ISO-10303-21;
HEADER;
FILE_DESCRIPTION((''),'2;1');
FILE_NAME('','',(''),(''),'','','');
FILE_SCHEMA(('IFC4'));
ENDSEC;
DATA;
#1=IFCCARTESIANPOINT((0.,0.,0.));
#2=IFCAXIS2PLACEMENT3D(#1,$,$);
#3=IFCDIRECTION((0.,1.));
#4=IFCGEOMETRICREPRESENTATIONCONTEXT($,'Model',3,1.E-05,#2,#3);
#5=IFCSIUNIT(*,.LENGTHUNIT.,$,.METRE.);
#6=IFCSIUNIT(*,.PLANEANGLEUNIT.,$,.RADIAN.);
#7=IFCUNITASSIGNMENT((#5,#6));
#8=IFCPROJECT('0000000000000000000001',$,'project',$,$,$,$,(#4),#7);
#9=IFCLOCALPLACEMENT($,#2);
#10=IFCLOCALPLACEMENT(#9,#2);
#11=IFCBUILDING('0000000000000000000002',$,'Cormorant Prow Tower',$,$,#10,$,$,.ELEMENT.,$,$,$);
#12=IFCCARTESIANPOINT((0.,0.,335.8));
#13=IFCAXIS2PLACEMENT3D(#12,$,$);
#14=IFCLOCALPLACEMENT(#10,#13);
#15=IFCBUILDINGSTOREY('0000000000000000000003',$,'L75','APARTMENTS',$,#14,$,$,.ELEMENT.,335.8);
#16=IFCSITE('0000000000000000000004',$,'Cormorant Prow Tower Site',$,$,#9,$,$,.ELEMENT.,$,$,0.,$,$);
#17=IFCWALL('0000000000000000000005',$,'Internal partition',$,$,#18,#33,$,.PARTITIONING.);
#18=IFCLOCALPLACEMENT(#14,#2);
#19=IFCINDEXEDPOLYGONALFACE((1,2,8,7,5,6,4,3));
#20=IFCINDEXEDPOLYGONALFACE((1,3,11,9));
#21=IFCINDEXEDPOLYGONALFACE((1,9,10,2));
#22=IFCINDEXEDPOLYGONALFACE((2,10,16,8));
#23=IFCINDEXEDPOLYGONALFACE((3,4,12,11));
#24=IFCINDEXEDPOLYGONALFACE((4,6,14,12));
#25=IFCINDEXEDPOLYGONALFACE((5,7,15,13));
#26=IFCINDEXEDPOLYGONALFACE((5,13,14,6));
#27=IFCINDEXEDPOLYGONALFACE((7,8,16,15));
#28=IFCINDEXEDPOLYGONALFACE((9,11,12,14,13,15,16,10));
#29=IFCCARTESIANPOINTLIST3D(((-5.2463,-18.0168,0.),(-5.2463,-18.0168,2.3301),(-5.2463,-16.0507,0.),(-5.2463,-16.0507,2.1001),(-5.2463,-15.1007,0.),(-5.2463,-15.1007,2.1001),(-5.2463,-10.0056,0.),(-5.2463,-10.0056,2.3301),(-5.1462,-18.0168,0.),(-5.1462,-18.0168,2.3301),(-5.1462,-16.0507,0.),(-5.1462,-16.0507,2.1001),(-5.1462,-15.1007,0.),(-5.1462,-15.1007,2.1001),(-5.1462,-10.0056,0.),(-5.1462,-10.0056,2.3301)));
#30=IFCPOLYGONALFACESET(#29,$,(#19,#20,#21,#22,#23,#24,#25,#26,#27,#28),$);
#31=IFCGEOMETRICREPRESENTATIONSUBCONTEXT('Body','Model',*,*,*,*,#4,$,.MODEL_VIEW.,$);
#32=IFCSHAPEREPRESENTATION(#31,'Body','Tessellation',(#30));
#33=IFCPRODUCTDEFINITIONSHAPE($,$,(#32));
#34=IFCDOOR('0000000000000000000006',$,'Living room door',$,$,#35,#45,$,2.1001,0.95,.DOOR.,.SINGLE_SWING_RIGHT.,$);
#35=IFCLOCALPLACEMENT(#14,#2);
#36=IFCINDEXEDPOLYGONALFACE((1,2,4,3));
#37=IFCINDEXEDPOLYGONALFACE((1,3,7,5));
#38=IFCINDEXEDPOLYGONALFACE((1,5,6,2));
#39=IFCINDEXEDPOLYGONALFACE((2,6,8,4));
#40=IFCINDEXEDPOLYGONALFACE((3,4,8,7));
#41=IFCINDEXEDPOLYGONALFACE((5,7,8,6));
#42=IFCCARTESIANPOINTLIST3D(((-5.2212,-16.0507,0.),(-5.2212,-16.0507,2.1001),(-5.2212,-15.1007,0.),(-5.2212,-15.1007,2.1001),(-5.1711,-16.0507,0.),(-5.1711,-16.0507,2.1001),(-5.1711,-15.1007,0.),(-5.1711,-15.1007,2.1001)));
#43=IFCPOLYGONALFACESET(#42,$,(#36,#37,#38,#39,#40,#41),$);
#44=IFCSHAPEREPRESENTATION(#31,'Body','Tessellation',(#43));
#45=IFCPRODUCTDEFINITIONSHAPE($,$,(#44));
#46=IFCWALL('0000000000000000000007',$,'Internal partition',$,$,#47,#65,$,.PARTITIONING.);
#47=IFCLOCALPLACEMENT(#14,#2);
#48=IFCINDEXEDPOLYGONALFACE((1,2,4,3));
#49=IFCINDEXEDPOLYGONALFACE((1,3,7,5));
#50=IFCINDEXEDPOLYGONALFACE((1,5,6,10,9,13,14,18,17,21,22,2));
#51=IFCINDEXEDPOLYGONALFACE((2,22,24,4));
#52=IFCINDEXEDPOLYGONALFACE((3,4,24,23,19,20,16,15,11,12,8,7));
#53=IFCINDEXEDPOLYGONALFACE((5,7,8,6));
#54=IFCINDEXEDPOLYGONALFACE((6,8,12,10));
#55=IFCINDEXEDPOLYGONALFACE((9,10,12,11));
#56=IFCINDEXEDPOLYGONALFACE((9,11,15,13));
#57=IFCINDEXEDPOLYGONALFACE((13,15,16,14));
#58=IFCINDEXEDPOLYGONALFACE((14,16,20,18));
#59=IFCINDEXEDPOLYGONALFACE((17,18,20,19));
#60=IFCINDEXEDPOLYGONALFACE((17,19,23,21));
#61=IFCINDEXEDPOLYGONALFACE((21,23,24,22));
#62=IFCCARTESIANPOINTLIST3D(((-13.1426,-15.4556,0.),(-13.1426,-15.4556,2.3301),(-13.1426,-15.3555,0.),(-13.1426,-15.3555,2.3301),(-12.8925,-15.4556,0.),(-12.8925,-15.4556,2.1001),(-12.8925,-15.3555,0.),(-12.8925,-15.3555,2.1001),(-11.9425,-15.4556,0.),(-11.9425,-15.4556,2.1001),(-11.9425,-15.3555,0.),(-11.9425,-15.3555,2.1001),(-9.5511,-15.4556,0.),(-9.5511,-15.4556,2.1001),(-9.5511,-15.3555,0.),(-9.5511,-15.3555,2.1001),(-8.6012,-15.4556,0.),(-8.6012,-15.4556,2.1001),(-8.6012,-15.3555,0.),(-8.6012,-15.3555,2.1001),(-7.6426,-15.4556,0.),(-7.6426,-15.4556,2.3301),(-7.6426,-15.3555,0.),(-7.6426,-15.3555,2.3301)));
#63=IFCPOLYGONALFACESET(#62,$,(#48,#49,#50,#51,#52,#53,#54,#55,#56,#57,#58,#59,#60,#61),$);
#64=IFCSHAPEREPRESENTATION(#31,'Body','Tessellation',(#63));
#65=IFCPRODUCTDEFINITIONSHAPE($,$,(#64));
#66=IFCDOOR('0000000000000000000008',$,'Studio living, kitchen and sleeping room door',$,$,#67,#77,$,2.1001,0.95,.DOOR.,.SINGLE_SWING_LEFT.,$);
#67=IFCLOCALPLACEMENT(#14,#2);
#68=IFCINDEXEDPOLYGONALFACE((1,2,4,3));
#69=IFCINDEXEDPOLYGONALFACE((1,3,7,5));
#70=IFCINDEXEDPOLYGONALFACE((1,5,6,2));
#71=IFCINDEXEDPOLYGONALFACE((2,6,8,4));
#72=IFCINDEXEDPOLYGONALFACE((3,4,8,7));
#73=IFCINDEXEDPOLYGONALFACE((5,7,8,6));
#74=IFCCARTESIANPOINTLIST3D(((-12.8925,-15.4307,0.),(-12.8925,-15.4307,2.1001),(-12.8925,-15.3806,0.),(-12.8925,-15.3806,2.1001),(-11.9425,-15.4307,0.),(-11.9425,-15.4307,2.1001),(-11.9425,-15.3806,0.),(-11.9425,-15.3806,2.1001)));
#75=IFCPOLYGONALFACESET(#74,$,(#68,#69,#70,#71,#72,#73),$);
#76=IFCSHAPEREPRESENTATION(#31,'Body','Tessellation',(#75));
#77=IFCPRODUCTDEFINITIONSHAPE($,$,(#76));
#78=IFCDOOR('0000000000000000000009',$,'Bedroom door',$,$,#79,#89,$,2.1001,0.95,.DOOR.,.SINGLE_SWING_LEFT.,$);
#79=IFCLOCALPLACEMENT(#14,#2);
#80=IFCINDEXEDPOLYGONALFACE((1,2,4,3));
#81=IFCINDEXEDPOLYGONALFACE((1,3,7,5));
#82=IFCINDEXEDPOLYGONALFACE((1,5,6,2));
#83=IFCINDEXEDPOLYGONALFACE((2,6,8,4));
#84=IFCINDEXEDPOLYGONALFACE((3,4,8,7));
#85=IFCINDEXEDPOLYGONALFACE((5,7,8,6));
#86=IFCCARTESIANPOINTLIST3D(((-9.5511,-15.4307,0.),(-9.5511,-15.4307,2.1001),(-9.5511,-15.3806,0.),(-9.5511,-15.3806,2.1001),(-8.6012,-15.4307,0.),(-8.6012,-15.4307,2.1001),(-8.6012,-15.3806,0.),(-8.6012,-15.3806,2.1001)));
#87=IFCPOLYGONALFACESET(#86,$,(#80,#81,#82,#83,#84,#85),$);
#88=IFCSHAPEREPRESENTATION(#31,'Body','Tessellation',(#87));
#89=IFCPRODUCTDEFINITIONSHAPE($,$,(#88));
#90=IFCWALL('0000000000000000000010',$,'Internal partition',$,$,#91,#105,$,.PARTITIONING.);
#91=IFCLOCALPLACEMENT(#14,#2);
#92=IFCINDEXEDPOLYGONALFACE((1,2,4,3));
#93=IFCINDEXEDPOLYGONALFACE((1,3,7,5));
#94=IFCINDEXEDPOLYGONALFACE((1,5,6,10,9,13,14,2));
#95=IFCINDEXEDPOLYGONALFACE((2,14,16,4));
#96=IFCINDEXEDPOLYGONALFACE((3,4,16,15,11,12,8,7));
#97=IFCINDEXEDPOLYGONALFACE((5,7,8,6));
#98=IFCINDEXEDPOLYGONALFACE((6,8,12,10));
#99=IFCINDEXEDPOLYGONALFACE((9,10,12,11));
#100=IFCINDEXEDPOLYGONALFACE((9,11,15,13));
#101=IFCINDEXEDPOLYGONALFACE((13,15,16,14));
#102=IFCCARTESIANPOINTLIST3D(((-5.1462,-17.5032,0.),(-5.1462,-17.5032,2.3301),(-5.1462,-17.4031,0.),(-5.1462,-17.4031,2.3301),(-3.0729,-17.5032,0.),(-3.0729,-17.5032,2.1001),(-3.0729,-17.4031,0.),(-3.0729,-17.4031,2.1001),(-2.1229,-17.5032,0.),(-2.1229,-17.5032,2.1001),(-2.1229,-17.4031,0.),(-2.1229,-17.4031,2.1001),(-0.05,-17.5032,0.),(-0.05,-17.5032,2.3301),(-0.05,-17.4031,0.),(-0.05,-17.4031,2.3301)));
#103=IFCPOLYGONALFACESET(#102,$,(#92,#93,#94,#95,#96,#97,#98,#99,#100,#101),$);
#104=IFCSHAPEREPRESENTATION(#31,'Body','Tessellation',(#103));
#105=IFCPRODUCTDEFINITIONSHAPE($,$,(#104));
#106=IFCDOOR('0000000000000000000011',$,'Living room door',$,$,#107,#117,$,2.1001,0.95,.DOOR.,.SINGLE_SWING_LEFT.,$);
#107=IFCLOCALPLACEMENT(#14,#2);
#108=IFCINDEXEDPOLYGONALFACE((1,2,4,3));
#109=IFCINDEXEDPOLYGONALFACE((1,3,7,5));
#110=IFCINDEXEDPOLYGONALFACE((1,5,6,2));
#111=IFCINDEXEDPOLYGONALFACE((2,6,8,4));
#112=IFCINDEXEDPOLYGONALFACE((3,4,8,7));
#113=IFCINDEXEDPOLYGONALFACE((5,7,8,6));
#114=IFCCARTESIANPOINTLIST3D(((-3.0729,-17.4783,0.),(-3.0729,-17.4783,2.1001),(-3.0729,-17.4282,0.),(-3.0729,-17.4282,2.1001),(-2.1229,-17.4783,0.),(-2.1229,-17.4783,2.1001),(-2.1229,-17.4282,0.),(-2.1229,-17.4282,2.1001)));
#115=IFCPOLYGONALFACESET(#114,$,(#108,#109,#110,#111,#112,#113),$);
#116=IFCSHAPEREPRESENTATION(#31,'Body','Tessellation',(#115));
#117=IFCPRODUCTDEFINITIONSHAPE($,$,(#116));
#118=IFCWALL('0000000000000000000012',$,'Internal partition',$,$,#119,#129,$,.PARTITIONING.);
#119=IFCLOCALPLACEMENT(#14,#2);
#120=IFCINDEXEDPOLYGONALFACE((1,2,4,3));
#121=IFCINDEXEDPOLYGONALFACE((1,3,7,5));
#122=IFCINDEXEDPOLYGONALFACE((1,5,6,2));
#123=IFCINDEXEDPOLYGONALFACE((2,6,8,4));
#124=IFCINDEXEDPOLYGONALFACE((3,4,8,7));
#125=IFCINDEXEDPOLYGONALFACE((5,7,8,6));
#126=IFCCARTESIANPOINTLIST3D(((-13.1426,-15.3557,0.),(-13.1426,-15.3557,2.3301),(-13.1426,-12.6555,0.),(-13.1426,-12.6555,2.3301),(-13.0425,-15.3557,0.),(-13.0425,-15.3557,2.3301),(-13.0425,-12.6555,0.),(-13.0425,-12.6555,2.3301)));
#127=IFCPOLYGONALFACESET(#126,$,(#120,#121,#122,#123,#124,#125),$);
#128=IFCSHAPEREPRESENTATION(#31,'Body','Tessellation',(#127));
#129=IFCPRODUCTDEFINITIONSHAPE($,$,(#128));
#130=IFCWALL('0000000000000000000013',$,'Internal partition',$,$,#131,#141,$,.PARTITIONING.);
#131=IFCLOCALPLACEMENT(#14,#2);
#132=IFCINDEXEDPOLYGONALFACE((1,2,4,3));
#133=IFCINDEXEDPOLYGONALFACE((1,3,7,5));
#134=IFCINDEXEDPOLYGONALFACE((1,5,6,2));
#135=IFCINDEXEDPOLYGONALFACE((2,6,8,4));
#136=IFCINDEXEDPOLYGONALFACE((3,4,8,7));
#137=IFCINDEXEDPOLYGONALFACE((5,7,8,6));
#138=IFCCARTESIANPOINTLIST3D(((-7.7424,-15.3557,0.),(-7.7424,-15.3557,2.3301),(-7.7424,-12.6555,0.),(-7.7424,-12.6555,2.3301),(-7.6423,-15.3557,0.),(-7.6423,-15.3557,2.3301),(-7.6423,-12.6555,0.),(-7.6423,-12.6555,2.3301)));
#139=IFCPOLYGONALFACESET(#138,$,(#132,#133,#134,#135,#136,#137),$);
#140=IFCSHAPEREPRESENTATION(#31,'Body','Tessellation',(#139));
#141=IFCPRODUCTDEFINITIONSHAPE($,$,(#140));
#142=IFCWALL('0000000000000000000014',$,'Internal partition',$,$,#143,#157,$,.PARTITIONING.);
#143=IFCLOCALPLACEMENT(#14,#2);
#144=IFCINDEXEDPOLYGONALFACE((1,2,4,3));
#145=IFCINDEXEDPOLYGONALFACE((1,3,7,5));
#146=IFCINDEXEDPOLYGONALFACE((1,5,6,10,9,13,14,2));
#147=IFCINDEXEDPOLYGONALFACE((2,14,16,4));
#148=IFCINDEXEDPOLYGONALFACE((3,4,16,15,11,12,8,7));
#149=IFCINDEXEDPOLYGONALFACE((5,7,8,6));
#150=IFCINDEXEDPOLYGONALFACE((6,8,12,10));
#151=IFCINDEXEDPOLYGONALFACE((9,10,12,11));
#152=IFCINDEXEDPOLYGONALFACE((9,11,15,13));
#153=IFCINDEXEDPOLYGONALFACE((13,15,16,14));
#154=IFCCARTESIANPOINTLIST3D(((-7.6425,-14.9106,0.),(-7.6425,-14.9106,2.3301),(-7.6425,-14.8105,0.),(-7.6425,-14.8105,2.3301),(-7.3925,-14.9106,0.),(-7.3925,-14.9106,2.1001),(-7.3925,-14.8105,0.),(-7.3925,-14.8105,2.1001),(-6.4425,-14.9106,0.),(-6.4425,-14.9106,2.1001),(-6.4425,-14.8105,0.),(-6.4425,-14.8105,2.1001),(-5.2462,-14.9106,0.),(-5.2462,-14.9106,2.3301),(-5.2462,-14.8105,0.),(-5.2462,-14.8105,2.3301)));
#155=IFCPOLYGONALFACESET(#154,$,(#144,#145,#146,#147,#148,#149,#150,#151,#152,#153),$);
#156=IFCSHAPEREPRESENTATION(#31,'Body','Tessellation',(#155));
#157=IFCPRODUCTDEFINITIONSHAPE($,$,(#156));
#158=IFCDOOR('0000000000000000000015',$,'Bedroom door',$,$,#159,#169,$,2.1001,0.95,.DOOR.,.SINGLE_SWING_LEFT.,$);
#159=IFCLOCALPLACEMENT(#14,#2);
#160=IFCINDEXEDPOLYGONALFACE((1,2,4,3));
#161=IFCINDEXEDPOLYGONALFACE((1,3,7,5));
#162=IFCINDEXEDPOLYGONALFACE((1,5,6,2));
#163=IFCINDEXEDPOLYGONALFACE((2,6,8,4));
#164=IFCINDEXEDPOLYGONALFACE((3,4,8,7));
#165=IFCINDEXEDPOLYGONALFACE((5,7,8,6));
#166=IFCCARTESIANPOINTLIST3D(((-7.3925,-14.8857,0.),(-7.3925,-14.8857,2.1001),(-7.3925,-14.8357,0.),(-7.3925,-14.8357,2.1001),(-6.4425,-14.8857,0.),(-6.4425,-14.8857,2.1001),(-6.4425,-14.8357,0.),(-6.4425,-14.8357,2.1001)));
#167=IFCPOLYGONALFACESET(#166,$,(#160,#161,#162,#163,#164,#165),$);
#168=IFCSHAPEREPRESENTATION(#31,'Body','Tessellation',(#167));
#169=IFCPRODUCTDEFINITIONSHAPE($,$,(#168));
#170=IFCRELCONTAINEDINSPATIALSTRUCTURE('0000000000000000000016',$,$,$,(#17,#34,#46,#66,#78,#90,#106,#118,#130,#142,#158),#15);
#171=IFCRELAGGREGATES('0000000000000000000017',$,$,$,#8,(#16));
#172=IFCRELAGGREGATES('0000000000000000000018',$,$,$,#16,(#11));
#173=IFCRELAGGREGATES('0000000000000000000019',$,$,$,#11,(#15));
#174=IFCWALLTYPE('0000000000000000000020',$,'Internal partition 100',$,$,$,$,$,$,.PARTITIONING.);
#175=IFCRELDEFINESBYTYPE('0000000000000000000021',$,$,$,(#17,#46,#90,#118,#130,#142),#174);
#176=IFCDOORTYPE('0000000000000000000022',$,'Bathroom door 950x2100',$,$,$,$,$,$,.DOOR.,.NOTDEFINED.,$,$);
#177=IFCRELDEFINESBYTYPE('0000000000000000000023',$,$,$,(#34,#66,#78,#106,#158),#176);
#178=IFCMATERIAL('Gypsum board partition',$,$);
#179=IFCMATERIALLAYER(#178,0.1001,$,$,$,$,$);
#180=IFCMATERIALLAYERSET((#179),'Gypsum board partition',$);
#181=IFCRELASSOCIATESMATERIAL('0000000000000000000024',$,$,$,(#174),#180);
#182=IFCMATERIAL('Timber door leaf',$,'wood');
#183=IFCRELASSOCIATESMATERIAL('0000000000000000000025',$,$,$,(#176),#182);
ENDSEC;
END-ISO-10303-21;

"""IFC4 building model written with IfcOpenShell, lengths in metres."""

from ifc_helpers import new_model, si_unit, direction, frame, frame_2d, origin, place, context, subcontext, project, spatial, rectangle, extrude, material, layer, layer_set, type_object, element, fill, save


model = new_model("IFC4")

# Units and contexts
model_context = context("Model", 3, precision=1e-05, world=origin(), true_north=direction((0.0, 1.0)))
body_context = subcontext(model_context, "Body", "Model", "MODEL_VIEW")
ifc_project = project(units=[si_unit("LENGTHUNIT", "METRE"), si_unit("PLANEANGLEUNIT", "RADIAN")], contexts=[model_context])

# Site, building, storey
site_placement = place(None, origin())
site = spatial("IfcSite", under=ifc_project, at=site_placement, Name="Cormorant Prow Tower Site", CompositionType="ELEMENT", RefElevation=0.0)
building_placement = place(site_placement, origin())
building = spatial("IfcBuilding", under=site, at=building_placement, Name="Cormorant Prow Tower", CompositionType="ELEMENT")
storey_placement = place(building_placement, frame((0.0, 0.0, 335.8)))
storey = spatial("IfcBuildingStorey", under=building, at=storey_placement, Name="L75", Description="APARTMENTS", CompositionType="ELEMENT", Elevation=335.8)

# Wall, opening, door
ifc_material_1 = material(Name="Gypsum board partition")
ifc_layer_1 = layer(ifc_material_1, 0.1001)
ifc_layer_set_1 = layer_set([ifc_layer_1], Name="Gypsum board partition")
wall_type_1 = type_object("IfcWallType", Name="Internal partition 100", PredefinedType="PARTITIONING", material=ifc_layer_set_1)
wall_1_placement = place(storey_placement, frame((-5.1963, -18.0168, 0.0), z_axis=(0.0, 0.0, 1.0), x_axis=(0.0, 1.0, 0.0)))
wall_1 = element("IfcWall", 1, at=wall_1_placement, inside=storey, type_object=wall_type_1, Name="Internal partition", PredefinedType="PARTITIONING", context=body_context, shape_type="SweptSolid", body=[
    extrude(rectangle(XDim=8.0112, YDim=0.1001, at=frame_2d((4.0056, 0.0))), origin(), (0.0, 0.0, 1.0), 2.3301),
])
opening_1_placement = place(wall_1_placement, frame((1.9661, 0.0, 0.0)))
opening_1 = element("IfcOpeningElement", 2, at=opening_1_placement, cuts=wall_1, PredefinedType="OPENING", context=body_context, shape_type="SweptSolid", body=[
    extrude(rectangle(XDim=0.95, YDim=2.1001, at=frame_2d((0.4751, 1.05))), frame((0.0, 0.0601, 0.0), z_axis=(0.0, -1.0, 0.0), x_axis=(1.0, 0.0, 0.0)), (0.0, 0.0, 1.0), 0.1201),
])
ifc_material_2 = material(Name="Timber door leaf", Category="wood")
door_type_1 = type_object("IfcDoorType", Name="Bathroom door 950x2100", OperationType="NOTDEFINED", PredefinedType="DOOR", material=ifc_material_2)
door_1_placement = place(opening_1_placement, origin())
door_1 = element("IfcDoor", 3, at=door_1_placement, inside=storey, type_object=door_type_1, Name="Living room door", OperationType="SINGLE_SWING_RIGHT", OverallHeight=2.1001, OverallWidth=0.95, PredefinedType="DOOR", context=body_context, shape_type="SweptSolid", body=[
    extrude(rectangle(XDim=0.95, YDim=2.1001, at=frame_2d((0.4751, 1.05))), frame((0.0, 0.0249, 0.0), z_axis=(0.0, -1.0, 0.0), x_axis=(1.0, 0.0, 0.0)), (0.0, 0.0, 1.0), 0.05),
])
fill(opening_1, door_1)

# Wall, openings, doors
wall_2_placement = place(storey_placement, frame((-13.1426, -15.4055, 0.0), z_axis=(0.0, 0.0, 1.0), x_axis=(1.0, 0.0, 0.0)))
wall_2 = element("IfcWall", 4, at=wall_2_placement, inside=storey, type_object=wall_type_1, Name="Internal partition", PredefinedType="PARTITIONING", context=body_context, shape_type="SweptSolid", body=[
    extrude(rectangle(XDim=5.5, YDim=0.1001, at=frame_2d((2.75, 0.0))), origin(), (0.0, 0.0, 1.0), 2.3301),
])
opening_2_placement = place(wall_2_placement, frame((0.25, 0.0, 0.0)))
opening_2 = element("IfcOpeningElement", 5, at=opening_2_placement, cuts=wall_2, PredefinedType="OPENING", context=body_context, shape_type="SweptSolid", body=[
    extrude(rectangle(XDim=0.95, YDim=2.1001, at=frame_2d((0.4751, 1.05))), frame((0.0, 0.0601, 0.0), z_axis=(0.0, -1.0, 0.0), x_axis=(1.0, 0.0, 0.0)), (0.0, 0.0, 1.0), 0.1201),
])
opening_3_placement = place(wall_2_placement, frame((3.5913, 0.0, 0.0)))
opening_3 = element("IfcOpeningElement", 6, at=opening_3_placement, cuts=wall_2, PredefinedType="OPENING", context=body_context, shape_type="SweptSolid", body=[
    extrude(rectangle(XDim=0.95, YDim=2.1001, at=frame_2d((0.4751, 1.05))), frame((0.0, 0.0601, 0.0), z_axis=(0.0, -1.0, 0.0), x_axis=(1.0, 0.0, 0.0)), (0.0, 0.0, 1.0), 0.1201),
])
door_2_placement = place(opening_2_placement, origin())
door_2 = element("IfcDoor", 7, at=door_2_placement, inside=storey, type_object=door_type_1, Name="Studio living, kitchen and sleeping room door", OperationType="SINGLE_SWING_LEFT", OverallHeight=2.1001, OverallWidth=0.95, PredefinedType="DOOR", context=body_context, shape_type="SweptSolid", body=[
    extrude(rectangle(XDim=0.95, YDim=2.1001, at=frame_2d((0.4751, 1.05))), frame((0.0, 0.0249, 0.0), z_axis=(0.0, -1.0, 0.0), x_axis=(1.0, 0.0, 0.0)), (0.0, 0.0, 1.0), 0.05),
])
fill(opening_2, door_2)
door_3_placement = place(opening_3_placement, origin())
door_3 = element("IfcDoor", 8, at=door_3_placement, inside=storey, type_object=door_type_1, Name="Bedroom door", OperationType="SINGLE_SWING_LEFT", OverallHeight=2.1001, OverallWidth=0.95, PredefinedType="DOOR", context=body_context, shape_type="SweptSolid", body=[
    extrude(rectangle(XDim=0.95, YDim=2.1001, at=frame_2d((0.4751, 1.05))), frame((0.0, 0.0249, 0.0), z_axis=(0.0, -1.0, 0.0), x_axis=(1.0, 0.0, 0.0)), (0.0, 0.0, 1.0), 0.05),
])
fill(opening_3, door_3)

# Wall, opening, door
wall_3_placement = place(storey_placement, frame((-5.1462, -17.4531, 0.0), z_axis=(0.0, 0.0, 1.0), x_axis=(1.0, 0.0, 0.0)))
wall_3 = element("IfcWall", 9, at=wall_3_placement, inside=storey, type_object=wall_type_1, Name="Internal partition", PredefinedType="PARTITIONING", context=body_context, shape_type="SweptSolid", body=[
    extrude(rectangle(XDim=5.0962, YDim=0.1001, at=frame_2d((2.5481, 0.0))), origin(), (0.0, 0.0, 1.0), 2.3301),
])
opening_4_placement = place(wall_3_placement, frame((2.0732, 0.0, 0.0)))
opening_4 = element("IfcOpeningElement", 10, at=opening_4_placement, cuts=wall_3, PredefinedType="OPENING", context=body_context, shape_type="SweptSolid", body=[
    extrude(rectangle(XDim=0.95, YDim=2.1001, at=frame_2d((0.4751, 1.05))), frame((0.0, 0.0601, 0.0), z_axis=(0.0, -1.0, 0.0), x_axis=(1.0, 0.0, 0.0)), (0.0, 0.0, 1.0), 0.1201),
])
door_4_placement = place(opening_4_placement, origin())
door_4 = element("IfcDoor", 11, at=door_4_placement, inside=storey, type_object=door_type_1, Name="Living room door", OperationType="SINGLE_SWING_LEFT", OverallHeight=2.1001, OverallWidth=0.95, PredefinedType="DOOR", context=body_context, shape_type="SweptSolid", body=[
    extrude(rectangle(XDim=0.95, YDim=2.1001, at=frame_2d((0.4751, 1.05))), frame((0.0, 0.0249, 0.0), z_axis=(0.0, -1.0, 0.0), x_axis=(1.0, 0.0, 0.0)), (0.0, 0.0, 1.0), 0.05),
])
fill(opening_4, door_4)

# Walls
for number, where, z_axis, x_axis, name in (
    (12, (-13.0925, -15.3557, 0.0), (0.0, 0.0, 1.0), (0.0, 1.0, 0.0), "Internal partition"),
    (13, (-7.6924, -15.3557, 0.0), (0.0, 0.0, 1.0), (0.0, 1.0, 0.0), "Internal partition"),
):
    element("IfcWall", number, at=place(storey_placement, frame(where, z_axis=z_axis, x_axis=x_axis)), inside=storey, type_object=wall_type_1, Name=name, PredefinedType="PARTITIONING", context=body_context, shape_type="SweptSolid", body=[
        extrude(rectangle(XDim=2.7002, YDim=0.1001, at=frame_2d((1.3501, 0.0))), origin(), (0.0, 0.0, 1.0), 2.3301),
    ])

# Wall, opening, door
wall_4_placement = place(storey_placement, frame((-7.6426, -14.8606, 0.0), z_axis=(0.0, 0.0, 1.0), x_axis=(1.0, 0.0, 0.0)))
wall_4 = element("IfcWall", 14, at=wall_4_placement, inside=storey, type_object=wall_type_1, Name="Internal partition", PredefinedType="PARTITIONING", context=body_context, shape_type="SweptSolid", body=[
    extrude(rectangle(XDim=2.3962, YDim=0.1001, at=frame_2d((1.1982, 0.0))), origin(), (0.0, 0.0, 1.0), 2.3301),
])
opening_5_placement = place(wall_4_placement, frame((0.25, 0.0, 0.0)))
opening_5 = element("IfcOpeningElement", 15, at=opening_5_placement, cuts=wall_4, PredefinedType="OPENING", context=body_context, shape_type="SweptSolid", body=[
    extrude(rectangle(XDim=0.95, YDim=2.1001, at=frame_2d((0.4751, 1.05))), frame((0.0, 0.0601, 0.0), z_axis=(0.0, -1.0, 0.0), x_axis=(1.0, 0.0, 0.0)), (0.0, 0.0, 1.0), 0.1201),
])
door_5_placement = place(opening_5_placement, origin())
door_5 = element("IfcDoor", 16, at=door_5_placement, inside=storey, type_object=door_type_1, Name="Bedroom door", OperationType="SINGLE_SWING_LEFT", OverallHeight=2.1001, OverallWidth=0.95, PredefinedType="DOOR", context=body_context, shape_type="SweptSolid", body=[
    extrude(rectangle(XDim=0.95, YDim=2.1001, at=frame_2d((0.4751, 1.05))), frame((0.0, 0.0249, 0.0), z_axis=(0.0, -1.0, 0.0), x_axis=(1.0, 0.0, 0.0)), (0.0, 0.0, 1.0), 0.05),
])
fill(opening_5, door_5)

save(model, "model.ifc")
